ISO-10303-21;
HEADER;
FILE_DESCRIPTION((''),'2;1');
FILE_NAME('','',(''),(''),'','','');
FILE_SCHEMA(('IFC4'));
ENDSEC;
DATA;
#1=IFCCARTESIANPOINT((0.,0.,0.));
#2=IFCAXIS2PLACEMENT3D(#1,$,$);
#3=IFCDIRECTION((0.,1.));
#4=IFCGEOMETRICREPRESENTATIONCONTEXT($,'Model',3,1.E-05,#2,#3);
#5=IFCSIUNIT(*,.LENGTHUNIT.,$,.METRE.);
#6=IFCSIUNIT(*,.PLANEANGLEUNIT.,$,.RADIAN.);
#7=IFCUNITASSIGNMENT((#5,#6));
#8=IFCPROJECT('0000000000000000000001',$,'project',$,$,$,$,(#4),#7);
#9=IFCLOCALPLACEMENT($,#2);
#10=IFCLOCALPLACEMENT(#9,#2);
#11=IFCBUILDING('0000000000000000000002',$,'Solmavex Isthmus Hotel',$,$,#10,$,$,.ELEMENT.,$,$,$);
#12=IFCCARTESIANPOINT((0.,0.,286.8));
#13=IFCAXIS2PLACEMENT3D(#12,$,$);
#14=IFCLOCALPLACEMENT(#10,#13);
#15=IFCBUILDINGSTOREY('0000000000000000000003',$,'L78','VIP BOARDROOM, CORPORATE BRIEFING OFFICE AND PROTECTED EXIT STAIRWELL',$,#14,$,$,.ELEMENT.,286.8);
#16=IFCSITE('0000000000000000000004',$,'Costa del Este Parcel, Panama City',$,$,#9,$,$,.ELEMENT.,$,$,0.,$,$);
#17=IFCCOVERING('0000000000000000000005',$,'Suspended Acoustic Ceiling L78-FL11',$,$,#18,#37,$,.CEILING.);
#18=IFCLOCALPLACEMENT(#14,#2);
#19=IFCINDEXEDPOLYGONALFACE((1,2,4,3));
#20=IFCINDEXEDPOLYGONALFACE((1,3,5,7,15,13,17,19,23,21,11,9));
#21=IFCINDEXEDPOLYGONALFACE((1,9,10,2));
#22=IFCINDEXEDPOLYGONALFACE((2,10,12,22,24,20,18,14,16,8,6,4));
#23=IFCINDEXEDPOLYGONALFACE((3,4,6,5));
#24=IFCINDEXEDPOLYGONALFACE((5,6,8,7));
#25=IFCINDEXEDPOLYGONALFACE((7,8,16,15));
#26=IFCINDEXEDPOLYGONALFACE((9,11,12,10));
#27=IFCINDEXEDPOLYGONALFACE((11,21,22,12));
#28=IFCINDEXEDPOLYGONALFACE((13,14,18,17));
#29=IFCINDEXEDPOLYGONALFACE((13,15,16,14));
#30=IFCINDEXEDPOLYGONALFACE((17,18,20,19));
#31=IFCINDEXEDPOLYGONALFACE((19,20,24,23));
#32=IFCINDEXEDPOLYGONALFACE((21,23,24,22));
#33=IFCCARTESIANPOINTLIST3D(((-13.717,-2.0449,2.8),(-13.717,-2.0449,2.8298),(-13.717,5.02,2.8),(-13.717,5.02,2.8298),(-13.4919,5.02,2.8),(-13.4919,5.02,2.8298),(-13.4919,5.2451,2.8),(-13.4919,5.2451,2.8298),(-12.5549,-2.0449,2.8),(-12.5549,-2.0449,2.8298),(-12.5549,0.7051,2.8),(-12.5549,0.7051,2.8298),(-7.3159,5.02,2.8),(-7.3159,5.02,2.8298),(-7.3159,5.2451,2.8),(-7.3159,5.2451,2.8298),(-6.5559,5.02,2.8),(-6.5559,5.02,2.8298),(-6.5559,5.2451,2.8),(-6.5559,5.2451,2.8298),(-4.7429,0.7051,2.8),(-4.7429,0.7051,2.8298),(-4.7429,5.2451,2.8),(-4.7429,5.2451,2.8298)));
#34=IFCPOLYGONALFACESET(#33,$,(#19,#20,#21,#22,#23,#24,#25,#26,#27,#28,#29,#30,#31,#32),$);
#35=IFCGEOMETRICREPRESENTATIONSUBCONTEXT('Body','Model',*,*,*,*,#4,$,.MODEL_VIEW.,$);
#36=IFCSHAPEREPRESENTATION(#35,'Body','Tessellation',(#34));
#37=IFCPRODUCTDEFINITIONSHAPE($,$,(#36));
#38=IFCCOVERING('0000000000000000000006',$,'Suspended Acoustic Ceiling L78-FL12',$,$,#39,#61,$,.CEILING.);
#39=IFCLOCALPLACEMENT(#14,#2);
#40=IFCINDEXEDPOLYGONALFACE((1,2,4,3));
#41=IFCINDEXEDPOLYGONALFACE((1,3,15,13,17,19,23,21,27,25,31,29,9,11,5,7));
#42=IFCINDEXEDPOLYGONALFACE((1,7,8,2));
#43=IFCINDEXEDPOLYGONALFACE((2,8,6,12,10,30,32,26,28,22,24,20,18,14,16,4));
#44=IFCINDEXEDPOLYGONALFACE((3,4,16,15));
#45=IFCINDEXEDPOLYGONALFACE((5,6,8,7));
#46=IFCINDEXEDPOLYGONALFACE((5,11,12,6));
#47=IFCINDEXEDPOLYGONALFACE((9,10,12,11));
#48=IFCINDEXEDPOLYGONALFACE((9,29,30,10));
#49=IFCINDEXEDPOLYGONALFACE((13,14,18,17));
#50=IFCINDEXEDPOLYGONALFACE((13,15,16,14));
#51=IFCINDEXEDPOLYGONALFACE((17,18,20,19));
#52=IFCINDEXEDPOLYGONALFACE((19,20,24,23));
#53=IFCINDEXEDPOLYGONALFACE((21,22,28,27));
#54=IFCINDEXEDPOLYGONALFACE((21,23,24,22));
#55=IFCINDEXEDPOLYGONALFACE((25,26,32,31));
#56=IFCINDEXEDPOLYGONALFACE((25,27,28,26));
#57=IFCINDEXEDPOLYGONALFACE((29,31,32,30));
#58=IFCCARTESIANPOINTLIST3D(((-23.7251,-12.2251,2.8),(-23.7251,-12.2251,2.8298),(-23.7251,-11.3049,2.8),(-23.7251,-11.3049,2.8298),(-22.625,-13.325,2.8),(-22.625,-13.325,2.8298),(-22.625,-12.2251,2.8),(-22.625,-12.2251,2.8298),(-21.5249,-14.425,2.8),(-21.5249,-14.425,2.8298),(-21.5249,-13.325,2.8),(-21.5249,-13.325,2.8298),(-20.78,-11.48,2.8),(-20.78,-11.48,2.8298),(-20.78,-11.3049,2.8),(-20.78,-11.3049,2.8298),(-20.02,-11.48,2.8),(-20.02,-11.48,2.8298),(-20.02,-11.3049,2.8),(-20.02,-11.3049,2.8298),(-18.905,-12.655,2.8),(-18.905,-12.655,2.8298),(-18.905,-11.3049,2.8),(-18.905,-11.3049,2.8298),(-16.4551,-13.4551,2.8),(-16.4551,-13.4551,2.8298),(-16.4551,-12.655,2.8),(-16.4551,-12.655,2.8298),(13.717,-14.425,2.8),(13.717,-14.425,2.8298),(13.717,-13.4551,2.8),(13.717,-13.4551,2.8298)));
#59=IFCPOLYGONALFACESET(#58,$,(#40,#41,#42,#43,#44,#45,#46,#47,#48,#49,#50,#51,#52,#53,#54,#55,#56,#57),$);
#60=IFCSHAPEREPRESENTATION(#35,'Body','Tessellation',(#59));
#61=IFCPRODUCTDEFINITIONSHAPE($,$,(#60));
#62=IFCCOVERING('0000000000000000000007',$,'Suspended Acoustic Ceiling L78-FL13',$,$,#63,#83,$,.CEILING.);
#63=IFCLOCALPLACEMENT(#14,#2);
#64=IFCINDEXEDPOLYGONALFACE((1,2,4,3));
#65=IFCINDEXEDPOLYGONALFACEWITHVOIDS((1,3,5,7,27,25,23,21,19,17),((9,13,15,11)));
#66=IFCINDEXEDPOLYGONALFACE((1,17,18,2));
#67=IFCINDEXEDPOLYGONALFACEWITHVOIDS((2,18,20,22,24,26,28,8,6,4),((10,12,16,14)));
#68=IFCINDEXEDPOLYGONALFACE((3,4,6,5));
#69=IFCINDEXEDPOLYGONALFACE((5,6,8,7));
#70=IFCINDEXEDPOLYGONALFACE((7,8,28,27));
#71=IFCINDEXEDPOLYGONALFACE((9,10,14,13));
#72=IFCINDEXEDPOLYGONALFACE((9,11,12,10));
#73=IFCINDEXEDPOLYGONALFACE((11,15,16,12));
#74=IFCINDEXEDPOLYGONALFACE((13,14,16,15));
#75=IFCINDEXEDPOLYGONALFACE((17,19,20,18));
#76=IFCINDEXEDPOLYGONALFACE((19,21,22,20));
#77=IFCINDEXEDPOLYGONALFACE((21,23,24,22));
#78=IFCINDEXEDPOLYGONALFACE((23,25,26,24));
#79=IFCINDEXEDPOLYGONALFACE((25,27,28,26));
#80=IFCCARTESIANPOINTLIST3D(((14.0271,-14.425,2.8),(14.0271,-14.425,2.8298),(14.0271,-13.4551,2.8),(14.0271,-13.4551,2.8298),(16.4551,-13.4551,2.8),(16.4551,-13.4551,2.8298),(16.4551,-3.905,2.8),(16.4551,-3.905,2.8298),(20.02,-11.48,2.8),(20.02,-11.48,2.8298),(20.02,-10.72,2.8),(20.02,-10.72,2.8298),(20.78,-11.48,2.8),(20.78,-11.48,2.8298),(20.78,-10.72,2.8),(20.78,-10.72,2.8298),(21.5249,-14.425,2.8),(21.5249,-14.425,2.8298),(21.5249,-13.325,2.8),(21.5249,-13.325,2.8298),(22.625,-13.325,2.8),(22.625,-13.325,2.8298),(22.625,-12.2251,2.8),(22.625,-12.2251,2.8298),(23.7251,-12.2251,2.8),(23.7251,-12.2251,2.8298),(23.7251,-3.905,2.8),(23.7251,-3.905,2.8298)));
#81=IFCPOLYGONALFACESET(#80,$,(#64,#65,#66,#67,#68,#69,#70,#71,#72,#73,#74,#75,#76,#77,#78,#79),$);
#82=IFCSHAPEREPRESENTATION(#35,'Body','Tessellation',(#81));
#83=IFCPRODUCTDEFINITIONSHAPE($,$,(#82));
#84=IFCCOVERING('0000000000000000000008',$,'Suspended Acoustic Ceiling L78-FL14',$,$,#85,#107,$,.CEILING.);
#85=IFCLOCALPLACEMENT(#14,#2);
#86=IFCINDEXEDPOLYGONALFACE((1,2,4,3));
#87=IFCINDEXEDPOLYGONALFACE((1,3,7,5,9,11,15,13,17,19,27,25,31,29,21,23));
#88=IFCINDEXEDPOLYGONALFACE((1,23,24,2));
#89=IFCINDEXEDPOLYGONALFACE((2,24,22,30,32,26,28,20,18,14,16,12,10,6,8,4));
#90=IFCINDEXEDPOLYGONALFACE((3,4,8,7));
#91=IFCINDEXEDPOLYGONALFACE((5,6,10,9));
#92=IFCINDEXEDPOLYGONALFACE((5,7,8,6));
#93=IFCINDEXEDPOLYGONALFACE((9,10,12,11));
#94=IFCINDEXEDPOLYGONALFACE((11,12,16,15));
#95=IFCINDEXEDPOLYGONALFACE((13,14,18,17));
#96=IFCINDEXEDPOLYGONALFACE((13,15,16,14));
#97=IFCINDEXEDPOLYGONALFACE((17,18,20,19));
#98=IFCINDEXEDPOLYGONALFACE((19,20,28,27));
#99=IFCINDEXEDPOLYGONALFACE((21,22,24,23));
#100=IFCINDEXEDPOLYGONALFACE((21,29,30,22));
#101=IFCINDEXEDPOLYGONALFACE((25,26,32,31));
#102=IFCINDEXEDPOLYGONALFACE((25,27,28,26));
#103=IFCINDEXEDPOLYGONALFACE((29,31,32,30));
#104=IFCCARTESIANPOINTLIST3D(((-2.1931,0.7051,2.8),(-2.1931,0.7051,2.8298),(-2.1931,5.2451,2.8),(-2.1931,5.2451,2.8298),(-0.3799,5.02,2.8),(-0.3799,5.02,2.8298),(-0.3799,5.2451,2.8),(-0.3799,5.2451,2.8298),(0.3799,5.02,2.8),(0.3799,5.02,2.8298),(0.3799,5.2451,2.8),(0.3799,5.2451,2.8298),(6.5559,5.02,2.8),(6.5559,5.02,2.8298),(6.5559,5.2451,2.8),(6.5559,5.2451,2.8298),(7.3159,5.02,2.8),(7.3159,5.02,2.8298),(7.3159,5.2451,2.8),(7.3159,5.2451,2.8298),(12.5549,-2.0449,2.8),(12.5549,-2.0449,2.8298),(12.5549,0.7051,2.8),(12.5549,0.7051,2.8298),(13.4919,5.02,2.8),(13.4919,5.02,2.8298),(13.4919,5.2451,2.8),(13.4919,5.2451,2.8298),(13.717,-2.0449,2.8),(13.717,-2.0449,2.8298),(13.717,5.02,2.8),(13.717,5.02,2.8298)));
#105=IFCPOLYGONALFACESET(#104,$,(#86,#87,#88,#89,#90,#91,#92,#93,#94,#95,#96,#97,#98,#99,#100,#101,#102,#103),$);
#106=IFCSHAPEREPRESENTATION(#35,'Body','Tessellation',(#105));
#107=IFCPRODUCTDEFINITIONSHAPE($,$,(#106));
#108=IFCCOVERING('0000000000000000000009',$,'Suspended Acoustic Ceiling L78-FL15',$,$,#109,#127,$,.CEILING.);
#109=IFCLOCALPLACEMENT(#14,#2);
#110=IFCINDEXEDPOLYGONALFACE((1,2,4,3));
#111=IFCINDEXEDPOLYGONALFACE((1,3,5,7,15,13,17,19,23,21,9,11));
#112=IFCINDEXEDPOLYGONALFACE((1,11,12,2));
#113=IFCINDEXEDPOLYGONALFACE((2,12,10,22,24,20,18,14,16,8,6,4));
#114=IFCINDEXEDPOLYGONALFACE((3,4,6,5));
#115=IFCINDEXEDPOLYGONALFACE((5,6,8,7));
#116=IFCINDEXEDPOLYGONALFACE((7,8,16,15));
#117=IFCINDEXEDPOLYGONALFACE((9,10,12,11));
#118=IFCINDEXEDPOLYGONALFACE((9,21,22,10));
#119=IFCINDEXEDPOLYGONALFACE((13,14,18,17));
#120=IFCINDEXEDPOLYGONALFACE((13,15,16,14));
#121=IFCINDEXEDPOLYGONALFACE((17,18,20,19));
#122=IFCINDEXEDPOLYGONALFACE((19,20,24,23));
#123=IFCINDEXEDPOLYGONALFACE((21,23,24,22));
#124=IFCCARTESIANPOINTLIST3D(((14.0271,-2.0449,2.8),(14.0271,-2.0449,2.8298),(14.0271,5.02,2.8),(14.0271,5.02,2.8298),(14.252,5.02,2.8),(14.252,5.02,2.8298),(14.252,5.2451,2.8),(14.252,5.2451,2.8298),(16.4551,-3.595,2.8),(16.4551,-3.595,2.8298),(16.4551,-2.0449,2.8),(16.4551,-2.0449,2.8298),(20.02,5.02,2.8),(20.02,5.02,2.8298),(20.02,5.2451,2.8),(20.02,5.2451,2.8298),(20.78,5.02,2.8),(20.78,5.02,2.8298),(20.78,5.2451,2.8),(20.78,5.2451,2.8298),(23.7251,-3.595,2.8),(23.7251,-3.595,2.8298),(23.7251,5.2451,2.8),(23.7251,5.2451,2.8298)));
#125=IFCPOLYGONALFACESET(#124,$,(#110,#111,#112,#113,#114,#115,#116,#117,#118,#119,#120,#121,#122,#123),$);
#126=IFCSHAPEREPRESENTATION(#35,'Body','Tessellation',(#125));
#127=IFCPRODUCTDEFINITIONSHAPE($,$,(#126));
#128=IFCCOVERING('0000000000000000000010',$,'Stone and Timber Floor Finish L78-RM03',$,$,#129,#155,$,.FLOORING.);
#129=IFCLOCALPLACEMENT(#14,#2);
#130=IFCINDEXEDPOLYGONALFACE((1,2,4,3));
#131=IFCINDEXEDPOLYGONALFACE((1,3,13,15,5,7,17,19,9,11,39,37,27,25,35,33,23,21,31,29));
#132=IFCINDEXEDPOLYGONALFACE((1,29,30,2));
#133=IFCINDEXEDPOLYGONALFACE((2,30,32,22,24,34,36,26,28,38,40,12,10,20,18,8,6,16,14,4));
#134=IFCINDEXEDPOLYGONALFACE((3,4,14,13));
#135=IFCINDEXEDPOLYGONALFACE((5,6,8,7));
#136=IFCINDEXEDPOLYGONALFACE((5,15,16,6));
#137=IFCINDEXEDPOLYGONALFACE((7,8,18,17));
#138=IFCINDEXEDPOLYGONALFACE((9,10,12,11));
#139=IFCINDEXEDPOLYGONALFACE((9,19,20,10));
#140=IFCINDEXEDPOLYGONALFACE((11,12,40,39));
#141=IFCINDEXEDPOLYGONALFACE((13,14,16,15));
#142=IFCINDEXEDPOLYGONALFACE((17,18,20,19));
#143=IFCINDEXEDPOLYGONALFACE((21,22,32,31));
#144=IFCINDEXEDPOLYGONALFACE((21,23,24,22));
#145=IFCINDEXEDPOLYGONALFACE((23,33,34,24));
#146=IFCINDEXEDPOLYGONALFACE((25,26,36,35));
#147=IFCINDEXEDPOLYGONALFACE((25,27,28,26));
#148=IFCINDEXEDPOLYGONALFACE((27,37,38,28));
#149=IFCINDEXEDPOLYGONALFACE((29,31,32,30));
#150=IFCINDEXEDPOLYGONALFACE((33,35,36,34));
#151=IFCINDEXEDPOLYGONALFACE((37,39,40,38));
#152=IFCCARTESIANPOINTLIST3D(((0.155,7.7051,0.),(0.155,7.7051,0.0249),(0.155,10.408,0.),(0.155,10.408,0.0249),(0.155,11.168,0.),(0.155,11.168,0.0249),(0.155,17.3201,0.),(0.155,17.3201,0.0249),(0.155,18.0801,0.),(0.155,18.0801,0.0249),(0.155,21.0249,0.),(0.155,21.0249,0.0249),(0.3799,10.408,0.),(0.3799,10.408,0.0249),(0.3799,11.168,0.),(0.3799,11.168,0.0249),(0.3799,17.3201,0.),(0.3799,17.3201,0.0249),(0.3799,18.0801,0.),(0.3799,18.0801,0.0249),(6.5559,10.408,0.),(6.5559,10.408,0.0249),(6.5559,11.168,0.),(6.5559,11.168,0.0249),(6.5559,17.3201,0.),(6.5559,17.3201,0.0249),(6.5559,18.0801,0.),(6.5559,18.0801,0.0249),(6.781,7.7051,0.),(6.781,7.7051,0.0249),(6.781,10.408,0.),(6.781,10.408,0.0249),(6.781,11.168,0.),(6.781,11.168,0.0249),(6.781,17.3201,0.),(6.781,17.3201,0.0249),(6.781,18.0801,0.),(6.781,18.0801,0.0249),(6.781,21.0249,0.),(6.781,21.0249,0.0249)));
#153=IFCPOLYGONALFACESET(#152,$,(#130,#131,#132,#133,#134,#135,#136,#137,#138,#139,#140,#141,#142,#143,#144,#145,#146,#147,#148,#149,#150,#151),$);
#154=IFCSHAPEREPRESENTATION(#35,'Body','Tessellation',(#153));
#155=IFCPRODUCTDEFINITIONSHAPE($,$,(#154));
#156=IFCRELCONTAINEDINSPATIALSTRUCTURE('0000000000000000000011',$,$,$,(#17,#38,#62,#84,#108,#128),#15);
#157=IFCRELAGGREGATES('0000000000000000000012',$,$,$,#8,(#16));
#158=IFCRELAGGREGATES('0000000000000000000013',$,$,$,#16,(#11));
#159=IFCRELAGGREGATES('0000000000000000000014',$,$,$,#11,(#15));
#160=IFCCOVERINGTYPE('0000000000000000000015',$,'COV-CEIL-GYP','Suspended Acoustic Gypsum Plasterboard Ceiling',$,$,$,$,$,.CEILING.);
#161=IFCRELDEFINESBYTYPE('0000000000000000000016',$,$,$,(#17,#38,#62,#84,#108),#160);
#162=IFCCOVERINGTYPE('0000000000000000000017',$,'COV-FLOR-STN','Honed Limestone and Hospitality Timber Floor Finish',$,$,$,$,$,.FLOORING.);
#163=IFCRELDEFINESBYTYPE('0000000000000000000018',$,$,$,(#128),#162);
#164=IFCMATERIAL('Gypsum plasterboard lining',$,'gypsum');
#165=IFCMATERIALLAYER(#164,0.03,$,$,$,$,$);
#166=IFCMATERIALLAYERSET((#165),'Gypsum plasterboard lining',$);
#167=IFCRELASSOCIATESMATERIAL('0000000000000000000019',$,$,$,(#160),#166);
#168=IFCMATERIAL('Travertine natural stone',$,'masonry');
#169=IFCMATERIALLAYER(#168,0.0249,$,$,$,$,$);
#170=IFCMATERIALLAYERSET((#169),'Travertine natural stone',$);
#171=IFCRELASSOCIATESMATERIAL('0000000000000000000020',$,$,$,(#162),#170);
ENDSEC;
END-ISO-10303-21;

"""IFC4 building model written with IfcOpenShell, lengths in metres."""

from ifc_helpers import new_model, si_unit, direction, frame, origin, place, context, subcontext, project, spatial, polyline, outline, extrude, material, layer, layer_set, type_object, element, save


model = new_model("IFC4")

# Units and contexts
model_context = context("Model", 3, precision=1e-05, world=origin(), true_north=direction((0.0, 1.0)))
body_context = subcontext(model_context, "Body", "Model", "MODEL_VIEW")
ifc_project = project(units=[si_unit("LENGTHUNIT", "METRE"), si_unit("PLANEANGLEUNIT", "RADIAN")], contexts=[model_context])

# Site, building, storey
site_placement = place(None, origin())
site = spatial("IfcSite", under=ifc_project, at=site_placement, Name="Costa del Este Parcel, Panama City", CompositionType="ELEMENT", RefElevation=0.0)
building_placement = place(site_placement, origin())
building = spatial("IfcBuilding", under=site, at=building_placement, Name="Solmavex Isthmus Hotel", CompositionType="ELEMENT")
storey_placement = place(building_placement, frame((0.0, 0.0, 286.8)))
storey = spatial("IfcBuildingStorey", under=building, at=storey_placement, Name="L78", Description="VIP BOARDROOM, CORPORATE BRIEFING OFFICE AND PROTECTED EXIT STAIRWELL", CompositionType="ELEMENT", Elevation=286.8)

# Coverings
ifc_material_1 = material(Name="Gypsum plasterboard lining", Category="gypsum")
ifc_layer_1 = layer(ifc_material_1, 0.03)
ifc_layer_set_1 = layer_set([ifc_layer_1], Name="Gypsum plasterboard lining")
covering_type_1 = type_object("IfcCoveringType", Name="COV-CEIL-GYP", Description="Suspended Acoustic Gypsum Plasterboard Ceiling", PredefinedType="CEILING", material=ifc_layer_set_1)
covering_1_placement = place(storey_placement, frame((0.0, 0.0, 2.8)))
element("IfcCovering", 1, at=covering_1_placement, inside=storey, type_object=covering_type_1, Name="Suspended Acoustic Ceiling L78-FL11", PredefinedType="CEILING", context=body_context, shape_type="SweptSolid", body=[
    extrude(outline(polyline([(-6.5559, 5.2451), (-6.5559, 5.02), (-7.3159, 5.02), (-7.3159, 5.2451), (-13.4919, 5.2451), (-13.4919, 5.02), (-13.717, 5.02), (-13.717, -2.0449), (-12.5549, -2.0449), (-12.5549, 0.7051), (-4.7429, 0.7051), (-4.7429, 5.2451), (-6.5559, 5.2451)])), origin(), (0.0, 0.0, 1.0), 0.0298),
])
covering_2_placement = place(storey_placement, frame((0.0, 0.0, 2.8)))
element("IfcCovering", 2, at=covering_2_placement, inside=storey, type_object=covering_type_1, Name="Suspended Acoustic Ceiling L78-FL12", PredefinedType="CEILING", context=body_context, shape_type="SweptSolid", body=[
    extrude(outline(polyline([(-20.02, -11.3049), (-20.02, -11.48), (-20.78, -11.48), (-20.78, -11.3049), (-23.7251, -11.3049), (-23.7251, -12.2251), (-22.625, -12.2251), (-22.625, -13.325), (-21.5249, -13.325), (-21.5249, -14.425), (13.717, -14.425), (13.717, -13.4551), (-16.4551, -13.4551), (-16.4551, -12.655), (-18.905, -12.655), (-18.905, -11.3049), (-20.02, -11.3049)])), origin(), (0.0, 0.0, 1.0), 0.0298),
])
covering_3_placement = place(storey_placement, frame((0.0, 0.0, 2.8)))
element("IfcCovering", 3, at=covering_3_placement, inside=storey, type_object=covering_type_1, Name="Suspended Acoustic Ceiling L78-FL13", PredefinedType="CEILING", context=body_context, shape_type="SweptSolid", body=[
    extrude(outline(polyline([(16.4551, -3.905), (16.4551, -13.4551), (14.0271, -13.4551), (14.0271, -14.425), (21.5249, -14.425), (21.5249, -13.325), (22.625, -13.325), (22.625, -12.2251), (23.7251, -12.2251), (23.7251, -3.905), (16.4551, -3.905)]), holes=[polyline([(20.02, -11.48), (20.02, -10.72), (20.78, -10.72), (20.78, -11.48), (20.02, -11.48)])]), origin(), (0.0, 0.0, 1.0), 0.0298),
])
covering_4_placement = place(storey_placement, frame((0.0, 0.0, 2.8)))
element("IfcCovering", 4, at=covering_4_placement, inside=storey, type_object=covering_type_1, Name="Suspended Acoustic Ceiling L78-FL14", PredefinedType="CEILING", context=body_context, shape_type="SweptSolid", body=[
    extrude(outline(polyline([(0.3799, 5.2451), (0.3799, 5.02), (-0.3799, 5.02), (-0.3799, 5.2451), (-2.1931, 5.2451), (-2.1931, 0.7051), (12.5549, 0.7051), (12.5549, -2.0449), (13.717, -2.0449), (13.717, 5.02), (13.4919, 5.02), (13.4919, 5.2451), (7.3159, 5.2451), (7.3159, 5.02), (6.5559, 5.02), (6.5559, 5.2451), (0.3799, 5.2451)])), origin(), (0.0, 0.0, 1.0), 0.0298),
])
covering_5_placement = place(storey_placement, frame((0.0, 0.0, 2.8)))
element("IfcCovering", 5, at=covering_5_placement, inside=storey, type_object=covering_type_1, Name="Suspended Acoustic Ceiling L78-FL15", PredefinedType="CEILING", context=body_context, shape_type="SweptSolid", body=[
    extrude(outline(polyline([(14.252, 5.2451), (14.252, 5.02), (14.0271, 5.02), (14.0271, -2.0449), (16.4551, -2.0449), (16.4551, -3.595), (23.7251, -3.595), (23.7251, 5.2451), (20.78, 5.2451), (20.78, 5.02), (20.02, 5.02), (20.02, 5.2451), (14.252, 5.2451)])), origin(), (0.0, 0.0, 1.0), 0.0298),
])
ifc_material_2 = material(Name="Travertine natural stone", Category="masonry")
ifc_layer_2 = layer(ifc_material_2, 0.0249)
ifc_layer_set_2 = layer_set([ifc_layer_2], Name="Travertine natural stone")
covering_type_2 = type_object("IfcCoveringType", Name="COV-FLOR-STN", Description="Honed Limestone and Hospitality Timber Floor Finish", PredefinedType="FLOORING", material=ifc_layer_set_2)
covering_6_placement = place(storey_placement, origin())
element("IfcCovering", 6, at=covering_6_placement, inside=storey, type_object=covering_type_2, Name="Stone and Timber Floor Finish L78-RM03", PredefinedType="FLOORING", context=body_context, shape_type="SweptSolid", body=[
    extrude(outline(polyline([(0.155, 11.168), (0.3799, 11.168), (0.3799, 10.408), (0.155, 10.408), (0.155, 7.7051), (6.781, 7.7051), (6.781, 10.408), (6.5559, 10.408), (6.5559, 11.168), (6.781, 11.168), (6.781, 17.3201), (6.5559, 17.3201), (6.5559, 18.0801), (6.781, 18.0801), (6.781, 21.0249), (0.155, 21.0249), (0.155, 18.0801), (0.3799, 18.0801), (0.3799, 17.3201), (0.155, 17.3201), (0.155, 11.168)])), origin(), (0.0, 0.0, 1.0), 0.0249),
])

save(model, "model.ifc")
